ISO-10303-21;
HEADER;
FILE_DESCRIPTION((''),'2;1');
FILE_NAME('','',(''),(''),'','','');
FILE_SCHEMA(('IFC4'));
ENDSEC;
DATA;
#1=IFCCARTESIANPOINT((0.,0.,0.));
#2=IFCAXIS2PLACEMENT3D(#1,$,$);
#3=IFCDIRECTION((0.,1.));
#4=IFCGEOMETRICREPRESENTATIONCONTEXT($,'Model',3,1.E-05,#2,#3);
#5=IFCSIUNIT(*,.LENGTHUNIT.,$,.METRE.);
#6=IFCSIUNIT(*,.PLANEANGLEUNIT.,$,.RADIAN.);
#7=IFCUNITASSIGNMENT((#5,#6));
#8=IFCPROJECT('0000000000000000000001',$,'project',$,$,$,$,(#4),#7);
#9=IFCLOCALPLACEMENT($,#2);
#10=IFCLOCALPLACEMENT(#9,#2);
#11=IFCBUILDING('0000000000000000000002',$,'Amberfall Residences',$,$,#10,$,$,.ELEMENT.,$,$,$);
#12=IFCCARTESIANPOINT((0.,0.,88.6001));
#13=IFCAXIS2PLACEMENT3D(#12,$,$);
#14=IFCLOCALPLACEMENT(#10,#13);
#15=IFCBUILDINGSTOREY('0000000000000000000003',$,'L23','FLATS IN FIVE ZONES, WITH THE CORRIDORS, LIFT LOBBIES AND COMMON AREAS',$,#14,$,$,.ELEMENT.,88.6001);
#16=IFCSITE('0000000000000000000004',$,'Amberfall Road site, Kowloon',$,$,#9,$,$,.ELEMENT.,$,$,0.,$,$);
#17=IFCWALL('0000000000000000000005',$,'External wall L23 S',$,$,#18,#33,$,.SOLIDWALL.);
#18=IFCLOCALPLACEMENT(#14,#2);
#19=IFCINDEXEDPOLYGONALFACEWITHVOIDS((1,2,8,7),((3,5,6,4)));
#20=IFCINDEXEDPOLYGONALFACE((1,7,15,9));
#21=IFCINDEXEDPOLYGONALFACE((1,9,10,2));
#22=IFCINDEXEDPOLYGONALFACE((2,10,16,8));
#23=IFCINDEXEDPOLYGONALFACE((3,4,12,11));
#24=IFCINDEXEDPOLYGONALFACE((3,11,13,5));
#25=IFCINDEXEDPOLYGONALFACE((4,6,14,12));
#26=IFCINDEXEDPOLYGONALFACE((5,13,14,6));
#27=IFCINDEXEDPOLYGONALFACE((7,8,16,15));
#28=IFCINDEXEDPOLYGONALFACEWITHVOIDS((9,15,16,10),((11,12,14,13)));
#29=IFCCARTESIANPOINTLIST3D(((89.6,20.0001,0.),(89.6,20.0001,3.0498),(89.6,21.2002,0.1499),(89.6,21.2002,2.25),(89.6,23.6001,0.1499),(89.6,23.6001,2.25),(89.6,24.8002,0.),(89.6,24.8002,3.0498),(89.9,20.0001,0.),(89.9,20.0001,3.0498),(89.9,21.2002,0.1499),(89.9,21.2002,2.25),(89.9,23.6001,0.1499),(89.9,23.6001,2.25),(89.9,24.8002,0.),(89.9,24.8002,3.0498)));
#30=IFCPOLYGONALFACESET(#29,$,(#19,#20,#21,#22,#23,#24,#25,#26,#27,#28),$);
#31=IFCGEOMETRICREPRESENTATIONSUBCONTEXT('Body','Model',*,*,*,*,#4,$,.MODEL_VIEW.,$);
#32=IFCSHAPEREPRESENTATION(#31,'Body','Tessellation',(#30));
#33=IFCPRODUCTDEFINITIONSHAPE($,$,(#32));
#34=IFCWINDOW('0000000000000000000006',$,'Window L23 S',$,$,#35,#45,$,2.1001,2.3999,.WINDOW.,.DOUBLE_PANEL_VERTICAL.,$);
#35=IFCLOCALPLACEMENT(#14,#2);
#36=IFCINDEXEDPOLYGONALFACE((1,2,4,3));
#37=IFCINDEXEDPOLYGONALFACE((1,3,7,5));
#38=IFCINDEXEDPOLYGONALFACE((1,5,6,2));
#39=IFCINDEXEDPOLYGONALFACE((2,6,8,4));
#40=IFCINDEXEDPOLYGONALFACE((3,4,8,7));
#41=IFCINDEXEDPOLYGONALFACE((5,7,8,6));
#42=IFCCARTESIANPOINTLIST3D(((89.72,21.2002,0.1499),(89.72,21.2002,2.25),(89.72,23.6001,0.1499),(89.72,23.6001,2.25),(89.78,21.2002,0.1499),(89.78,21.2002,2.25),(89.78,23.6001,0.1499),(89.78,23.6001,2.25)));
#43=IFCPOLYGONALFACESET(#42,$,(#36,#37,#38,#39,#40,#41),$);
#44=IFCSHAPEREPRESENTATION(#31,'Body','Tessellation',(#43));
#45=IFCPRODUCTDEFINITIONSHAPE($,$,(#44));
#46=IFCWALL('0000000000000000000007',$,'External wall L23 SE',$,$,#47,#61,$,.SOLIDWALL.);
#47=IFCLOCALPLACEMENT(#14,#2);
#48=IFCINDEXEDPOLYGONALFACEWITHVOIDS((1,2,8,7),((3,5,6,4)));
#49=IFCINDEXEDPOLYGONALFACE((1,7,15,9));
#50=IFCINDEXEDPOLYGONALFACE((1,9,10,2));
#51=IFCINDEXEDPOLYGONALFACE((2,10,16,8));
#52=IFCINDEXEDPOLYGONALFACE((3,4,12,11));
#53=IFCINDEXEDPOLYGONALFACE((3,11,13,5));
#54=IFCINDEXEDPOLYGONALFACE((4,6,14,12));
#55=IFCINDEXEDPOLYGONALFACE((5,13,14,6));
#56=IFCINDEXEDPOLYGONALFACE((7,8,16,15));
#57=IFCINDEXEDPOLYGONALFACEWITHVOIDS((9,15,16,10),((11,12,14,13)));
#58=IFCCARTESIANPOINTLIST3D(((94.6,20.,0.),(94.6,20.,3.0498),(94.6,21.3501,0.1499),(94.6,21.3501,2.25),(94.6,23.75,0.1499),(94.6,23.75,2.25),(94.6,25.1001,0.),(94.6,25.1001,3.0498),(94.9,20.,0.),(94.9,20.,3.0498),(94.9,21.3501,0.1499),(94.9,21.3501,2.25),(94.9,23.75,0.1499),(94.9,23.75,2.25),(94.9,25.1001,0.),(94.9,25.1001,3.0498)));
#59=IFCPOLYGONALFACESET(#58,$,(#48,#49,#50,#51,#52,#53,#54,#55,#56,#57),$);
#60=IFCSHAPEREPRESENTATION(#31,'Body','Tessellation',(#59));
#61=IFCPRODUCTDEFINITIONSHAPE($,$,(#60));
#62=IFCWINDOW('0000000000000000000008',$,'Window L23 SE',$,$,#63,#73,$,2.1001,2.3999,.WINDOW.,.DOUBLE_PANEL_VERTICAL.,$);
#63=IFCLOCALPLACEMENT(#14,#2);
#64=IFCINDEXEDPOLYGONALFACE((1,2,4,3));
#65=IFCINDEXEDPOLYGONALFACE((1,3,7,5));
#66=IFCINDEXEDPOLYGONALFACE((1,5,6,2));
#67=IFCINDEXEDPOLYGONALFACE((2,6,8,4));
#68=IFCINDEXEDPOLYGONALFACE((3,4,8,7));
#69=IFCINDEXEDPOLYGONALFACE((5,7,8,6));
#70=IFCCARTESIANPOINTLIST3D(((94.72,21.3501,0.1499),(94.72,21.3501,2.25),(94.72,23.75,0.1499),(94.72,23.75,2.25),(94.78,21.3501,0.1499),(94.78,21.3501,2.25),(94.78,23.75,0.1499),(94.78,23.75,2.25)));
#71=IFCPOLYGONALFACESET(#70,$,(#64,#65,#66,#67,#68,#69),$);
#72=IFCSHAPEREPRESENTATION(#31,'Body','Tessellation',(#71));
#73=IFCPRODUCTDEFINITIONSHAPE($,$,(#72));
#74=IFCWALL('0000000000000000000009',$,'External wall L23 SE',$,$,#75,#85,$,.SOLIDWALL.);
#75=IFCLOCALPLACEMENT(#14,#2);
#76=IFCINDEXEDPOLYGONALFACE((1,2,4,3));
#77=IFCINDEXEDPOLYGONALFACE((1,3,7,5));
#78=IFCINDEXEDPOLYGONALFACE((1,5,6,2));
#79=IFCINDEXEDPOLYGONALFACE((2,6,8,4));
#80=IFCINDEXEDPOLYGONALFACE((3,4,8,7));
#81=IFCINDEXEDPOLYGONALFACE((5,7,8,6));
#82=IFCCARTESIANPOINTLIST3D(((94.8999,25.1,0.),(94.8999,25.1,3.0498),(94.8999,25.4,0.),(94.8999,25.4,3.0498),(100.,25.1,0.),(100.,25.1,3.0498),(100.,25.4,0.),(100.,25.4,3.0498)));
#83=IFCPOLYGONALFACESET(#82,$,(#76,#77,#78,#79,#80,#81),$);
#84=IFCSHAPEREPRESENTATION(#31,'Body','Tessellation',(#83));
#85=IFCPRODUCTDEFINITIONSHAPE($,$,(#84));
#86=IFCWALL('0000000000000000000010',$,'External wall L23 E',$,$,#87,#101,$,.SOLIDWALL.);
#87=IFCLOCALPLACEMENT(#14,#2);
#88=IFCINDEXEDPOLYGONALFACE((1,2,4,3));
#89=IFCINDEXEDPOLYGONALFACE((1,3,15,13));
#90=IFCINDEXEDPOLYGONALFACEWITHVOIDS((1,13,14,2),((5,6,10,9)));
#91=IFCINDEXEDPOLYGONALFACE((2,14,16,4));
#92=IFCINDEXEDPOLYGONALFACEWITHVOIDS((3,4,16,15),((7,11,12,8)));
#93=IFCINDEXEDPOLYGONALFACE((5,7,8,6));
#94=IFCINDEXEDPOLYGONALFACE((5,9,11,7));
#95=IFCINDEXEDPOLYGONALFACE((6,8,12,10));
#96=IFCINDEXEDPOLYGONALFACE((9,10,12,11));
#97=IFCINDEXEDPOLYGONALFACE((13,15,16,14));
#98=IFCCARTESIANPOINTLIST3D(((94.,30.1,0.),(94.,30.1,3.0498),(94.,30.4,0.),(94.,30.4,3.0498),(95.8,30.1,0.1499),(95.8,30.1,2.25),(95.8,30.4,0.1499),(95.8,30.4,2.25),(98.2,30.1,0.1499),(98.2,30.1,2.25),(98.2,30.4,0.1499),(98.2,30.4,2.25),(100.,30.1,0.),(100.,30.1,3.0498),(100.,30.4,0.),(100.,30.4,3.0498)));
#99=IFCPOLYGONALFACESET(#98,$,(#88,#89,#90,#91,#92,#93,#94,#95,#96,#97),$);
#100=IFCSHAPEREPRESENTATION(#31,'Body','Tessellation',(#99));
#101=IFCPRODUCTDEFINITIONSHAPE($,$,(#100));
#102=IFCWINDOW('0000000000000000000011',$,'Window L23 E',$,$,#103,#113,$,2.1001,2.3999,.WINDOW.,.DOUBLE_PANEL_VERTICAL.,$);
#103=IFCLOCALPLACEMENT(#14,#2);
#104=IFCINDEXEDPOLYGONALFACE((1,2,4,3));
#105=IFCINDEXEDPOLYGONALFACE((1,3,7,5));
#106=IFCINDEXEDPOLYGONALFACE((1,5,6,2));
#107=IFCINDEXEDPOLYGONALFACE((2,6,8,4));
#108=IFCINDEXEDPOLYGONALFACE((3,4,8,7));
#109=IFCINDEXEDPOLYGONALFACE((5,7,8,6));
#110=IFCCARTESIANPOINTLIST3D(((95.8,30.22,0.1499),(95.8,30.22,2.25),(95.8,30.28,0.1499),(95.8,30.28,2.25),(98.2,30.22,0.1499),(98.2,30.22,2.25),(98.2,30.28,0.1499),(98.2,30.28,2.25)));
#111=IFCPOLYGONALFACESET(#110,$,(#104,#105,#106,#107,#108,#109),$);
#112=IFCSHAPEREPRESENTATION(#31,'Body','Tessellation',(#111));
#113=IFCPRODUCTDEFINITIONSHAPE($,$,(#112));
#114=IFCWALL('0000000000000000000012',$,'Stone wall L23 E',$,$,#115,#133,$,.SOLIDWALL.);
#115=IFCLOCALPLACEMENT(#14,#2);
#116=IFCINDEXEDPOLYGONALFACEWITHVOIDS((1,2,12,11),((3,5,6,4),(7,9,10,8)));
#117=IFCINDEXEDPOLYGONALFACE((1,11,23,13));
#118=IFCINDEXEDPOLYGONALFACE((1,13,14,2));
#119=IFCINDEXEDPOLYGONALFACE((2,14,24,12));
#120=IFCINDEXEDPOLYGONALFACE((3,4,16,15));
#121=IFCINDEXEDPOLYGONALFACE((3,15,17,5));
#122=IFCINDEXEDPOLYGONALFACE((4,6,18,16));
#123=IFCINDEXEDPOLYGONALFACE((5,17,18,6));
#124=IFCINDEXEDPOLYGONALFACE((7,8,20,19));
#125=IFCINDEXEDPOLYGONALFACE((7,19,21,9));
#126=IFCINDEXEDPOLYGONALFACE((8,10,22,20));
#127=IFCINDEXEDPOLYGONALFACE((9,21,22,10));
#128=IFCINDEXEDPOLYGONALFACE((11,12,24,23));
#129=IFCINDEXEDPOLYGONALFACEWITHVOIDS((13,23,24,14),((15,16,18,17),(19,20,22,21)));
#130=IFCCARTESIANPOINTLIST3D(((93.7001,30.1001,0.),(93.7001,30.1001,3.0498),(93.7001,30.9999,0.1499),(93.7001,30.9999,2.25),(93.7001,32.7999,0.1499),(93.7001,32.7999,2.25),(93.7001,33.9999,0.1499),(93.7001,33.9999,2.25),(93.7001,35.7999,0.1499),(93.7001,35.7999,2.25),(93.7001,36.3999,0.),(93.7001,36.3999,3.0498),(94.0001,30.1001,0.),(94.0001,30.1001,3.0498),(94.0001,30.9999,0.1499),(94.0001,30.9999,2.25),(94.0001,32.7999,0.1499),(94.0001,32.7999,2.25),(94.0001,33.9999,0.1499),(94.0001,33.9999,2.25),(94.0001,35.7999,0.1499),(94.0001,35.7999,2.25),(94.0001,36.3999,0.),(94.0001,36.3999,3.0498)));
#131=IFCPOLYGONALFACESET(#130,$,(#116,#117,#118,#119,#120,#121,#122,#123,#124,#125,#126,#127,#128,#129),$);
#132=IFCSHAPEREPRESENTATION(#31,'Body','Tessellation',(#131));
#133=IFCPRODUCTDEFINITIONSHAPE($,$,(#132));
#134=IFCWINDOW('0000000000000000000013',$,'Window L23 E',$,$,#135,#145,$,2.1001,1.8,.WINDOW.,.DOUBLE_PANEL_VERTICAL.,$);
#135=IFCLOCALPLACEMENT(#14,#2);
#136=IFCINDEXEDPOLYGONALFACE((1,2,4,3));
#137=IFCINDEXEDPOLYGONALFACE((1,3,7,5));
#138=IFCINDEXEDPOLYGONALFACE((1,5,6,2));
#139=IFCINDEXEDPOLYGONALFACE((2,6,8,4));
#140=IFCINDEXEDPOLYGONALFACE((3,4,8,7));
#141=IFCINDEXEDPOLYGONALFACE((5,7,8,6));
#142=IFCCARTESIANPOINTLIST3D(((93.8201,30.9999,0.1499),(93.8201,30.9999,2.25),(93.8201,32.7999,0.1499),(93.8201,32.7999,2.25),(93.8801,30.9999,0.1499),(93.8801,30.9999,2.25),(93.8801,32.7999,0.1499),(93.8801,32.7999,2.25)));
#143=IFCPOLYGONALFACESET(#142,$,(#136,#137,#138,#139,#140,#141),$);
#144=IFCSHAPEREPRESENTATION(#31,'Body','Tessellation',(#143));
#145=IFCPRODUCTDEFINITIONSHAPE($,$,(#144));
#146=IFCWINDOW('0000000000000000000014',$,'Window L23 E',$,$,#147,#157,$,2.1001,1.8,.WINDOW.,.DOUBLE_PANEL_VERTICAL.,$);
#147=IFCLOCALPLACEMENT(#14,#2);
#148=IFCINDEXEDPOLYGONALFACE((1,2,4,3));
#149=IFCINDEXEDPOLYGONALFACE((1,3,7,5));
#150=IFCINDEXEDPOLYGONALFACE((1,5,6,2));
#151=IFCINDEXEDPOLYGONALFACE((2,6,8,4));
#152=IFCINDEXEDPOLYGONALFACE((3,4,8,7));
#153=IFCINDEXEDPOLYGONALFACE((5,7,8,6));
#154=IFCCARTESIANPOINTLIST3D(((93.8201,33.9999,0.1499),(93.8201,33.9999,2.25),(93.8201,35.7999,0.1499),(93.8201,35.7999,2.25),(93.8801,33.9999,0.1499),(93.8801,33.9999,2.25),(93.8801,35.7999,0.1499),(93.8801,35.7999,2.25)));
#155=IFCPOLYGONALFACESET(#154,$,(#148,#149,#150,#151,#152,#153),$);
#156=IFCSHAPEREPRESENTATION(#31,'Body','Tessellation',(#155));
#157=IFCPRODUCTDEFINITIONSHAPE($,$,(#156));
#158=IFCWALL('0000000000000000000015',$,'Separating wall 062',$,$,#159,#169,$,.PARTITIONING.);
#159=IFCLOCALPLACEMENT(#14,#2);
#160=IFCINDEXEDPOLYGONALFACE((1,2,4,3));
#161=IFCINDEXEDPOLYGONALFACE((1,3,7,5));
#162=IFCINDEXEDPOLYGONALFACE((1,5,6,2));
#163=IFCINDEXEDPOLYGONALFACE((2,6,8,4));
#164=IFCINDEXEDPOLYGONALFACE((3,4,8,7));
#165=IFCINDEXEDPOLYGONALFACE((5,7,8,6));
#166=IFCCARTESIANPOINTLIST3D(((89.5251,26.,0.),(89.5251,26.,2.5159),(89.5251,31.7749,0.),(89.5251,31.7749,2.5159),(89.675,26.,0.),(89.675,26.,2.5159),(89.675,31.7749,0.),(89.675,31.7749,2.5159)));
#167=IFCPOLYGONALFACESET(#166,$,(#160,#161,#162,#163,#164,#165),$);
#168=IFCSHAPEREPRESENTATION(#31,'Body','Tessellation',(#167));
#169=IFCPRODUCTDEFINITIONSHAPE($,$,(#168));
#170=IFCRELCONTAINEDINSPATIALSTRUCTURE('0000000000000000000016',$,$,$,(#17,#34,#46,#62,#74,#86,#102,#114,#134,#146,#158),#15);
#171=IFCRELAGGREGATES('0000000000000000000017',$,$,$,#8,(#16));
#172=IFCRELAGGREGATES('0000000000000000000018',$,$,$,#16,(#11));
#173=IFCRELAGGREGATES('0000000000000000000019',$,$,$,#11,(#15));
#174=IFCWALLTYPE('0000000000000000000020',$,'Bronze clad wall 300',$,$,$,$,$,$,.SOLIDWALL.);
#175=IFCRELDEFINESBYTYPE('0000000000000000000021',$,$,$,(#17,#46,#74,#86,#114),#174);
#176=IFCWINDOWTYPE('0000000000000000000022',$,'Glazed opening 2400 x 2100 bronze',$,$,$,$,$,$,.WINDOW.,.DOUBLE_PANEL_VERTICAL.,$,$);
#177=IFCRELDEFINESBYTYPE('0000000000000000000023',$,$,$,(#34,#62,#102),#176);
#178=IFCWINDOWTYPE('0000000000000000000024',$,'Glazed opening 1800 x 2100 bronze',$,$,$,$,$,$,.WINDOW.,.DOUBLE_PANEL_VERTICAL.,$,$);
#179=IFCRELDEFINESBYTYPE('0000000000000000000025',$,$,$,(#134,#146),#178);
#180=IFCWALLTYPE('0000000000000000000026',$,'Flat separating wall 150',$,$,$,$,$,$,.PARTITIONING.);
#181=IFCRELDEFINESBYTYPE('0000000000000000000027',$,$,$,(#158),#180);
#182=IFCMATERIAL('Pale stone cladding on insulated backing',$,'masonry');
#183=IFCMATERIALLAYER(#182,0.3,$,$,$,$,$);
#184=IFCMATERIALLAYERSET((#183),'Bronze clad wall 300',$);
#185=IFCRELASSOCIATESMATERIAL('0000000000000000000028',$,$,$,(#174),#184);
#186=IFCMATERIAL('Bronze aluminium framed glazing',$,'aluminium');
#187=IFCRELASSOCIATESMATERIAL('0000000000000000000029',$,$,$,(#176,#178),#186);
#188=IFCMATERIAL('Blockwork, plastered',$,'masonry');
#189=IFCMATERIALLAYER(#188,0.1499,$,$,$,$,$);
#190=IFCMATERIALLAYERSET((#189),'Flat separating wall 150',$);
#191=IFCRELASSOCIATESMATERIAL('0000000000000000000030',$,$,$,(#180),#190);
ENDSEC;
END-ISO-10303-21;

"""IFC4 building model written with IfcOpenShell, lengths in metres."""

from ifc_helpers import new_model, si_unit, direction, frame, frame_2d, origin, place, context, subcontext, project, spatial, rectangle, extrude, material, layer, layer_set, type_object, element, fill, save


model = new_model("IFC4")

# Units and contexts
model_context = context("Model", 3, precision=1e-05, world=origin(), true_north=direction((0.0, 1.0)))
body_context = subcontext(model_context, "Body", "Model", "MODEL_VIEW")
ifc_project = project(units=[si_unit("LENGTHUNIT", "METRE"), si_unit("PLANEANGLEUNIT", "RADIAN")], contexts=[model_context])

# Site, building, storey
site_placement = place(None, origin())
site = spatial("IfcSite", under=ifc_project, at=site_placement, Name="Amberfall Road site, Kowloon", CompositionType="ELEMENT", RefElevation=0.0)
building_placement = place(site_placement, origin())
building = spatial("IfcBuilding", under=site, at=building_placement, Name="Amberfall Residences", CompositionType="ELEMENT")
storey_placement = place(building_placement, frame((0.0, 0.0, 88.6001)))
storey = spatial("IfcBuildingStorey", under=building, at=storey_placement, Name="L23", Description="FLATS IN FIVE ZONES, WITH THE CORRIDORS, LIFT LOBBIES AND COMMON AREAS", CompositionType="ELEMENT", Elevation=88.6001)

# Walls, openings, windows
ifc_material_1 = material(Name="Pale stone cladding on insulated backing", Category="masonry")
ifc_layer_1 = layer(ifc_material_1, 0.3)
ifc_layer_set_1 = layer_set([ifc_layer_1], Name="Bronze clad wall 300")
wall_type_1 = type_object("IfcWallType", Name="Bronze clad wall 300", PredefinedType="SOLIDWALL", material=ifc_layer_set_1)
wall_1_placement = place(storey_placement, frame((89.75, 24.8, 0.0), z_axis=(0.0, 0.0, 1.0), x_axis=(0.0, -1.0, 0.0)))
wall_1 = element("IfcWall", 1, at=wall_1_placement, inside=storey, type_object=wall_type_1, Name="External wall L23 S", PredefinedType="SOLIDWALL", context=body_context, shape_type="SweptSolid", body=[
    extrude(rectangle(XDim=4.8, YDim=0.3, at=frame_2d((2.3999, 0.0))), origin(), (0.0, 0.0, 1.0), 3.0498),
])
opening_1_placement = place(wall_1_placement, frame((1.2, 0.0, 0.1499)))
opening_1 = element("IfcOpeningElement", 2, at=opening_1_placement, cuts=wall_1, PredefinedType="OPENING", context=body_context, shape_type="SweptSolid", body=[
    extrude(rectangle(XDim=2.3999, YDim=2.1001, at=frame_2d((1.2, 1.05))), frame((0.0, 0.1599, 0.0), z_axis=(0.0, -1.0, 0.0), x_axis=(1.0, 0.0, 0.0)), (0.0, 0.0, 1.0), 0.3201),
])
ifc_material_2 = material(Name="Bronze aluminium framed glazing", Category="aluminium")
window_type_1 = type_object("IfcWindowType", Name="Glazed opening 2400 x 2100 bronze", PartitioningType="DOUBLE_PANEL_VERTICAL", PredefinedType="WINDOW", material=ifc_material_2)
window_1_placement = place(opening_1_placement, origin())
window_1 = element("IfcWindow", 3, at=window_1_placement, inside=storey, type_object=window_type_1, Name="Window L23 S", OverallHeight=2.1001, OverallWidth=2.3999, PartitioningType="DOUBLE_PANEL_VERTICAL", PredefinedType="WINDOW", context=body_context, shape_type="SweptSolid", body=[
    extrude(rectangle(XDim=2.3999, YDim=2.1001, at=frame_2d((1.2, 1.05))), frame((0.0, 0.03, 0.0), z_axis=(0.0, -1.0, 0.0), x_axis=(1.0, 0.0, 0.0)), (0.0, 0.0, 1.0), 0.0601),
])
fill(opening_1, window_1)
wall_2_placement = place(storey_placement, frame((94.75, 20.0, 0.0), z_axis=(0.0, 0.0, 1.0), x_axis=(0.0, 1.0, 0.0)))
wall_2 = element("IfcWall", 4, at=wall_2_placement, inside=storey, type_object=wall_type_1, Name="External wall L23 SE", PredefinedType="SOLIDWALL", context=body_context, shape_type="SweptSolid", body=[
    extrude(rectangle(XDim=5.1001, YDim=0.3, at=frame_2d((2.55, 0.0))), origin(), (0.0, 0.0, 1.0), 3.0498),
])
opening_2_placement = place(wall_2_placement, frame((1.3501, 0.0, 0.1499)))
opening_2 = element("IfcOpeningElement", 5, at=opening_2_placement, cuts=wall_2, PredefinedType="OPENING", context=body_context, shape_type="SweptSolid", body=[
    extrude(rectangle(XDim=2.3999, YDim=2.1001, at=frame_2d((1.2, 1.05))), frame((0.0, 0.1599, 0.0), z_axis=(0.0, -1.0, 0.0), x_axis=(1.0, 0.0, 0.0)), (0.0, 0.0, 1.0), 0.3201),
])
window_2_placement = place(opening_2_placement, origin())
window_2 = element("IfcWindow", 6, at=window_2_placement, inside=storey, type_object=window_type_1, Name="Window L23 SE", OverallHeight=2.1001, OverallWidth=2.3999, PartitioningType="DOUBLE_PANEL_VERTICAL", PredefinedType="WINDOW", context=body_context, shape_type="SweptSolid", body=[
    extrude(rectangle(XDim=2.3999, YDim=2.1001, at=frame_2d((1.2, 1.05))), frame((0.0, 0.03, 0.0), z_axis=(0.0, -1.0, 0.0), x_axis=(1.0, 0.0, 0.0)), (0.0, 0.0, 1.0), 0.0601),
])
fill(opening_2, window_2)

# Wall
wall_3_placement = place(storey_placement, frame((94.8999, 25.25, 0.0), z_axis=(0.0, 0.0, 1.0), x_axis=(1.0, 0.0, 0.0)))
element("IfcWall", 7, at=wall_3_placement, inside=storey, type_object=wall_type_1, Name="External wall L23 SE", PredefinedType="SOLIDWALL", context=body_context, shape_type="SweptSolid", body=[
    extrude(rectangle(XDim=5.1001, YDim=0.3, at=frame_2d((2.55, 0.0))), origin(), (0.0, 0.0, 1.0), 3.0498),
])

# Wall, opening, window
wall_4_placement = place(storey_placement, frame((100.0, 30.25, 0.0), z_axis=(0.0, 0.0, 1.0), x_axis=(-1.0, 0.0, 0.0)))
wall_4 = element("IfcWall", 8, at=wall_4_placement, inside=storey, type_object=wall_type_1, Name="External wall L23 E", PredefinedType="SOLIDWALL", context=body_context, shape_type="SweptSolid", body=[
    extrude(rectangle(XDim=6.0, YDim=0.3, at=frame_2d((3.0, 0.0))), origin(), (0.0, 0.0, 1.0), 3.0498),
])
opening_3_placement = place(wall_4_placement, frame((1.8, 0.0, 0.1499)))
opening_3 = element("IfcOpeningElement", 9, at=opening_3_placement, cuts=wall_4, PredefinedType="OPENING", context=body_context, shape_type="SweptSolid", body=[
    extrude(rectangle(XDim=2.3999, YDim=2.1001, at=frame_2d((1.2, 1.05))), frame((0.0, 0.1599, 0.0), z_axis=(0.0, -1.0, 0.0), x_axis=(1.0, 0.0, 0.0)), (0.0, 0.0, 1.0), 0.3201),
])
window_3_placement = place(opening_3_placement, origin())
window_3 = element("IfcWindow", 10, at=window_3_placement, inside=storey, type_object=window_type_1, Name="Window L23 E", OverallHeight=2.1001, OverallWidth=2.3999, PartitioningType="DOUBLE_PANEL_VERTICAL", PredefinedType="WINDOW", context=body_context, shape_type="SweptSolid", body=[
    extrude(rectangle(XDim=2.3999, YDim=2.1001, at=frame_2d((1.2, 1.05))), frame((0.0, 0.03, 0.0), z_axis=(0.0, -1.0, 0.0), x_axis=(1.0, 0.0, 0.0)), (0.0, 0.0, 1.0), 0.0601),
])
fill(opening_3, window_3)

# Wall, openings, windows
wall_5_placement = place(storey_placement, frame((93.8501, 30.1001, 0.0), z_axis=(0.0, 0.0, 1.0), x_axis=(0.0, 1.0, 0.0)))
wall_5 = element("IfcWall", 11, at=wall_5_placement, inside=storey, type_object=wall_type_1, Name="Stone wall L23 E", PredefinedType="SOLIDWALL", context=body_context, shape_type="SweptSolid", body=[
    extrude(rectangle(XDim=6.2998, YDim=0.3, at=frame_2d((3.1499, 0.0))), origin(), (0.0, 0.0, 1.0), 3.0498),
])
opening_4_placement = place(wall_5_placement, frame((0.8999, 0.0, 0.1499)))
opening_4 = element("IfcOpeningElement", 12, at=opening_4_placement, cuts=wall_5, PredefinedType="OPENING", context=body_context, shape_type="SweptSolid", body=[
    extrude(rectangle(XDim=1.8, YDim=2.1001, at=frame_2d((0.8999, 1.05))), frame((0.0, 0.1599, 0.0), z_axis=(0.0, -1.0, 0.0), x_axis=(1.0, 0.0, 0.0)), (0.0, 0.0, 1.0), 0.3201),
])
opening_5_placement = place(wall_5_placement, frame((3.8999, 0.0, 0.1499)))
opening_5 = element("IfcOpeningElement", 13, at=opening_5_placement, cuts=wall_5, PredefinedType="OPENING", context=body_context, shape_type="SweptSolid", body=[
    extrude(rectangle(XDim=1.8, YDim=2.1001, at=frame_2d((0.8999, 1.05))), frame((0.0, 0.1599, 0.0), z_axis=(0.0, -1.0, 0.0), x_axis=(1.0, 0.0, 0.0)), (0.0, 0.0, 1.0), 0.3201),
])
window_type_2 = type_object("IfcWindowType", Name="Glazed opening 1800 x 2100 bronze", PartitioningType="DOUBLE_PANEL_VERTICAL", PredefinedType="WINDOW", material=ifc_material_2)
window_4_placement = place(opening_4_placement, origin())
window_4 = element("IfcWindow", 14, at=window_4_placement, inside=storey, type_object=window_type_2, Name="Window L23 E", OverallHeight=2.1001, OverallWidth=1.8, PartitioningType="DOUBLE_PANEL_VERTICAL", PredefinedType="WINDOW", context=body_context, shape_type="SweptSolid", body=[
    extrude(rectangle(XDim=1.8, YDim=2.1001, at=frame_2d((0.8999, 1.05))), frame((0.0, 0.03, 0.0), z_axis=(0.0, -1.0, 0.0), x_axis=(1.0, 0.0, 0.0)), (0.0, 0.0, 1.0), 0.0601),
])
fill(opening_4, window_4)
window_5_placement = place(opening_5_placement, origin())
window_5 = element("IfcWindow", 15, at=window_5_placement, inside=storey, type_object=window_type_2, Name="Window L23 E", OverallHeight=2.1001, OverallWidth=1.8, PartitioningType="DOUBLE_PANEL_VERTICAL", PredefinedType="WINDOW", context=body_context, shape_type="SweptSolid", body=[
    extrude(rectangle(XDim=1.8, YDim=2.1001, at=frame_2d((0.8999, 1.05))), frame((0.0, 0.03, 0.0), z_axis=(0.0, -1.0, 0.0), x_axis=(1.0, 0.0, 0.0)), (0.0, 0.0, 1.0), 0.0601),
])
fill(opening_5, window_5)

# Wall
ifc_material_3 = material(Name="Blockwork, plastered", Category="masonry")
ifc_layer_2 = layer(ifc_material_3, 0.1499)
ifc_layer_set_2 = layer_set([ifc_layer_2], Name="Flat separating wall 150")
wall_type_2 = type_object("IfcWallType", Name="Flat separating wall 150", PredefinedType="PARTITIONING", material=ifc_layer_set_2)
wall_6_placement = place(storey_placement, frame((89.6001, 26.0, 0.0), z_axis=(0.0, 0.0, 1.0), x_axis=(0.0, 1.0, 0.0)))
element("IfcWall", 16, at=wall_6_placement, inside=storey, type_object=wall_type_2, Name="Separating wall 062", PredefinedType="PARTITIONING", context=body_context, shape_type="SweptSolid", body=[
    extrude(rectangle(XDim=5.7749, YDim=0.1499, at=frame_2d((2.8875, 0.0))), origin(), (0.0, 0.0, 1.0), 2.5159),
])

save(model, "model.ifc")
